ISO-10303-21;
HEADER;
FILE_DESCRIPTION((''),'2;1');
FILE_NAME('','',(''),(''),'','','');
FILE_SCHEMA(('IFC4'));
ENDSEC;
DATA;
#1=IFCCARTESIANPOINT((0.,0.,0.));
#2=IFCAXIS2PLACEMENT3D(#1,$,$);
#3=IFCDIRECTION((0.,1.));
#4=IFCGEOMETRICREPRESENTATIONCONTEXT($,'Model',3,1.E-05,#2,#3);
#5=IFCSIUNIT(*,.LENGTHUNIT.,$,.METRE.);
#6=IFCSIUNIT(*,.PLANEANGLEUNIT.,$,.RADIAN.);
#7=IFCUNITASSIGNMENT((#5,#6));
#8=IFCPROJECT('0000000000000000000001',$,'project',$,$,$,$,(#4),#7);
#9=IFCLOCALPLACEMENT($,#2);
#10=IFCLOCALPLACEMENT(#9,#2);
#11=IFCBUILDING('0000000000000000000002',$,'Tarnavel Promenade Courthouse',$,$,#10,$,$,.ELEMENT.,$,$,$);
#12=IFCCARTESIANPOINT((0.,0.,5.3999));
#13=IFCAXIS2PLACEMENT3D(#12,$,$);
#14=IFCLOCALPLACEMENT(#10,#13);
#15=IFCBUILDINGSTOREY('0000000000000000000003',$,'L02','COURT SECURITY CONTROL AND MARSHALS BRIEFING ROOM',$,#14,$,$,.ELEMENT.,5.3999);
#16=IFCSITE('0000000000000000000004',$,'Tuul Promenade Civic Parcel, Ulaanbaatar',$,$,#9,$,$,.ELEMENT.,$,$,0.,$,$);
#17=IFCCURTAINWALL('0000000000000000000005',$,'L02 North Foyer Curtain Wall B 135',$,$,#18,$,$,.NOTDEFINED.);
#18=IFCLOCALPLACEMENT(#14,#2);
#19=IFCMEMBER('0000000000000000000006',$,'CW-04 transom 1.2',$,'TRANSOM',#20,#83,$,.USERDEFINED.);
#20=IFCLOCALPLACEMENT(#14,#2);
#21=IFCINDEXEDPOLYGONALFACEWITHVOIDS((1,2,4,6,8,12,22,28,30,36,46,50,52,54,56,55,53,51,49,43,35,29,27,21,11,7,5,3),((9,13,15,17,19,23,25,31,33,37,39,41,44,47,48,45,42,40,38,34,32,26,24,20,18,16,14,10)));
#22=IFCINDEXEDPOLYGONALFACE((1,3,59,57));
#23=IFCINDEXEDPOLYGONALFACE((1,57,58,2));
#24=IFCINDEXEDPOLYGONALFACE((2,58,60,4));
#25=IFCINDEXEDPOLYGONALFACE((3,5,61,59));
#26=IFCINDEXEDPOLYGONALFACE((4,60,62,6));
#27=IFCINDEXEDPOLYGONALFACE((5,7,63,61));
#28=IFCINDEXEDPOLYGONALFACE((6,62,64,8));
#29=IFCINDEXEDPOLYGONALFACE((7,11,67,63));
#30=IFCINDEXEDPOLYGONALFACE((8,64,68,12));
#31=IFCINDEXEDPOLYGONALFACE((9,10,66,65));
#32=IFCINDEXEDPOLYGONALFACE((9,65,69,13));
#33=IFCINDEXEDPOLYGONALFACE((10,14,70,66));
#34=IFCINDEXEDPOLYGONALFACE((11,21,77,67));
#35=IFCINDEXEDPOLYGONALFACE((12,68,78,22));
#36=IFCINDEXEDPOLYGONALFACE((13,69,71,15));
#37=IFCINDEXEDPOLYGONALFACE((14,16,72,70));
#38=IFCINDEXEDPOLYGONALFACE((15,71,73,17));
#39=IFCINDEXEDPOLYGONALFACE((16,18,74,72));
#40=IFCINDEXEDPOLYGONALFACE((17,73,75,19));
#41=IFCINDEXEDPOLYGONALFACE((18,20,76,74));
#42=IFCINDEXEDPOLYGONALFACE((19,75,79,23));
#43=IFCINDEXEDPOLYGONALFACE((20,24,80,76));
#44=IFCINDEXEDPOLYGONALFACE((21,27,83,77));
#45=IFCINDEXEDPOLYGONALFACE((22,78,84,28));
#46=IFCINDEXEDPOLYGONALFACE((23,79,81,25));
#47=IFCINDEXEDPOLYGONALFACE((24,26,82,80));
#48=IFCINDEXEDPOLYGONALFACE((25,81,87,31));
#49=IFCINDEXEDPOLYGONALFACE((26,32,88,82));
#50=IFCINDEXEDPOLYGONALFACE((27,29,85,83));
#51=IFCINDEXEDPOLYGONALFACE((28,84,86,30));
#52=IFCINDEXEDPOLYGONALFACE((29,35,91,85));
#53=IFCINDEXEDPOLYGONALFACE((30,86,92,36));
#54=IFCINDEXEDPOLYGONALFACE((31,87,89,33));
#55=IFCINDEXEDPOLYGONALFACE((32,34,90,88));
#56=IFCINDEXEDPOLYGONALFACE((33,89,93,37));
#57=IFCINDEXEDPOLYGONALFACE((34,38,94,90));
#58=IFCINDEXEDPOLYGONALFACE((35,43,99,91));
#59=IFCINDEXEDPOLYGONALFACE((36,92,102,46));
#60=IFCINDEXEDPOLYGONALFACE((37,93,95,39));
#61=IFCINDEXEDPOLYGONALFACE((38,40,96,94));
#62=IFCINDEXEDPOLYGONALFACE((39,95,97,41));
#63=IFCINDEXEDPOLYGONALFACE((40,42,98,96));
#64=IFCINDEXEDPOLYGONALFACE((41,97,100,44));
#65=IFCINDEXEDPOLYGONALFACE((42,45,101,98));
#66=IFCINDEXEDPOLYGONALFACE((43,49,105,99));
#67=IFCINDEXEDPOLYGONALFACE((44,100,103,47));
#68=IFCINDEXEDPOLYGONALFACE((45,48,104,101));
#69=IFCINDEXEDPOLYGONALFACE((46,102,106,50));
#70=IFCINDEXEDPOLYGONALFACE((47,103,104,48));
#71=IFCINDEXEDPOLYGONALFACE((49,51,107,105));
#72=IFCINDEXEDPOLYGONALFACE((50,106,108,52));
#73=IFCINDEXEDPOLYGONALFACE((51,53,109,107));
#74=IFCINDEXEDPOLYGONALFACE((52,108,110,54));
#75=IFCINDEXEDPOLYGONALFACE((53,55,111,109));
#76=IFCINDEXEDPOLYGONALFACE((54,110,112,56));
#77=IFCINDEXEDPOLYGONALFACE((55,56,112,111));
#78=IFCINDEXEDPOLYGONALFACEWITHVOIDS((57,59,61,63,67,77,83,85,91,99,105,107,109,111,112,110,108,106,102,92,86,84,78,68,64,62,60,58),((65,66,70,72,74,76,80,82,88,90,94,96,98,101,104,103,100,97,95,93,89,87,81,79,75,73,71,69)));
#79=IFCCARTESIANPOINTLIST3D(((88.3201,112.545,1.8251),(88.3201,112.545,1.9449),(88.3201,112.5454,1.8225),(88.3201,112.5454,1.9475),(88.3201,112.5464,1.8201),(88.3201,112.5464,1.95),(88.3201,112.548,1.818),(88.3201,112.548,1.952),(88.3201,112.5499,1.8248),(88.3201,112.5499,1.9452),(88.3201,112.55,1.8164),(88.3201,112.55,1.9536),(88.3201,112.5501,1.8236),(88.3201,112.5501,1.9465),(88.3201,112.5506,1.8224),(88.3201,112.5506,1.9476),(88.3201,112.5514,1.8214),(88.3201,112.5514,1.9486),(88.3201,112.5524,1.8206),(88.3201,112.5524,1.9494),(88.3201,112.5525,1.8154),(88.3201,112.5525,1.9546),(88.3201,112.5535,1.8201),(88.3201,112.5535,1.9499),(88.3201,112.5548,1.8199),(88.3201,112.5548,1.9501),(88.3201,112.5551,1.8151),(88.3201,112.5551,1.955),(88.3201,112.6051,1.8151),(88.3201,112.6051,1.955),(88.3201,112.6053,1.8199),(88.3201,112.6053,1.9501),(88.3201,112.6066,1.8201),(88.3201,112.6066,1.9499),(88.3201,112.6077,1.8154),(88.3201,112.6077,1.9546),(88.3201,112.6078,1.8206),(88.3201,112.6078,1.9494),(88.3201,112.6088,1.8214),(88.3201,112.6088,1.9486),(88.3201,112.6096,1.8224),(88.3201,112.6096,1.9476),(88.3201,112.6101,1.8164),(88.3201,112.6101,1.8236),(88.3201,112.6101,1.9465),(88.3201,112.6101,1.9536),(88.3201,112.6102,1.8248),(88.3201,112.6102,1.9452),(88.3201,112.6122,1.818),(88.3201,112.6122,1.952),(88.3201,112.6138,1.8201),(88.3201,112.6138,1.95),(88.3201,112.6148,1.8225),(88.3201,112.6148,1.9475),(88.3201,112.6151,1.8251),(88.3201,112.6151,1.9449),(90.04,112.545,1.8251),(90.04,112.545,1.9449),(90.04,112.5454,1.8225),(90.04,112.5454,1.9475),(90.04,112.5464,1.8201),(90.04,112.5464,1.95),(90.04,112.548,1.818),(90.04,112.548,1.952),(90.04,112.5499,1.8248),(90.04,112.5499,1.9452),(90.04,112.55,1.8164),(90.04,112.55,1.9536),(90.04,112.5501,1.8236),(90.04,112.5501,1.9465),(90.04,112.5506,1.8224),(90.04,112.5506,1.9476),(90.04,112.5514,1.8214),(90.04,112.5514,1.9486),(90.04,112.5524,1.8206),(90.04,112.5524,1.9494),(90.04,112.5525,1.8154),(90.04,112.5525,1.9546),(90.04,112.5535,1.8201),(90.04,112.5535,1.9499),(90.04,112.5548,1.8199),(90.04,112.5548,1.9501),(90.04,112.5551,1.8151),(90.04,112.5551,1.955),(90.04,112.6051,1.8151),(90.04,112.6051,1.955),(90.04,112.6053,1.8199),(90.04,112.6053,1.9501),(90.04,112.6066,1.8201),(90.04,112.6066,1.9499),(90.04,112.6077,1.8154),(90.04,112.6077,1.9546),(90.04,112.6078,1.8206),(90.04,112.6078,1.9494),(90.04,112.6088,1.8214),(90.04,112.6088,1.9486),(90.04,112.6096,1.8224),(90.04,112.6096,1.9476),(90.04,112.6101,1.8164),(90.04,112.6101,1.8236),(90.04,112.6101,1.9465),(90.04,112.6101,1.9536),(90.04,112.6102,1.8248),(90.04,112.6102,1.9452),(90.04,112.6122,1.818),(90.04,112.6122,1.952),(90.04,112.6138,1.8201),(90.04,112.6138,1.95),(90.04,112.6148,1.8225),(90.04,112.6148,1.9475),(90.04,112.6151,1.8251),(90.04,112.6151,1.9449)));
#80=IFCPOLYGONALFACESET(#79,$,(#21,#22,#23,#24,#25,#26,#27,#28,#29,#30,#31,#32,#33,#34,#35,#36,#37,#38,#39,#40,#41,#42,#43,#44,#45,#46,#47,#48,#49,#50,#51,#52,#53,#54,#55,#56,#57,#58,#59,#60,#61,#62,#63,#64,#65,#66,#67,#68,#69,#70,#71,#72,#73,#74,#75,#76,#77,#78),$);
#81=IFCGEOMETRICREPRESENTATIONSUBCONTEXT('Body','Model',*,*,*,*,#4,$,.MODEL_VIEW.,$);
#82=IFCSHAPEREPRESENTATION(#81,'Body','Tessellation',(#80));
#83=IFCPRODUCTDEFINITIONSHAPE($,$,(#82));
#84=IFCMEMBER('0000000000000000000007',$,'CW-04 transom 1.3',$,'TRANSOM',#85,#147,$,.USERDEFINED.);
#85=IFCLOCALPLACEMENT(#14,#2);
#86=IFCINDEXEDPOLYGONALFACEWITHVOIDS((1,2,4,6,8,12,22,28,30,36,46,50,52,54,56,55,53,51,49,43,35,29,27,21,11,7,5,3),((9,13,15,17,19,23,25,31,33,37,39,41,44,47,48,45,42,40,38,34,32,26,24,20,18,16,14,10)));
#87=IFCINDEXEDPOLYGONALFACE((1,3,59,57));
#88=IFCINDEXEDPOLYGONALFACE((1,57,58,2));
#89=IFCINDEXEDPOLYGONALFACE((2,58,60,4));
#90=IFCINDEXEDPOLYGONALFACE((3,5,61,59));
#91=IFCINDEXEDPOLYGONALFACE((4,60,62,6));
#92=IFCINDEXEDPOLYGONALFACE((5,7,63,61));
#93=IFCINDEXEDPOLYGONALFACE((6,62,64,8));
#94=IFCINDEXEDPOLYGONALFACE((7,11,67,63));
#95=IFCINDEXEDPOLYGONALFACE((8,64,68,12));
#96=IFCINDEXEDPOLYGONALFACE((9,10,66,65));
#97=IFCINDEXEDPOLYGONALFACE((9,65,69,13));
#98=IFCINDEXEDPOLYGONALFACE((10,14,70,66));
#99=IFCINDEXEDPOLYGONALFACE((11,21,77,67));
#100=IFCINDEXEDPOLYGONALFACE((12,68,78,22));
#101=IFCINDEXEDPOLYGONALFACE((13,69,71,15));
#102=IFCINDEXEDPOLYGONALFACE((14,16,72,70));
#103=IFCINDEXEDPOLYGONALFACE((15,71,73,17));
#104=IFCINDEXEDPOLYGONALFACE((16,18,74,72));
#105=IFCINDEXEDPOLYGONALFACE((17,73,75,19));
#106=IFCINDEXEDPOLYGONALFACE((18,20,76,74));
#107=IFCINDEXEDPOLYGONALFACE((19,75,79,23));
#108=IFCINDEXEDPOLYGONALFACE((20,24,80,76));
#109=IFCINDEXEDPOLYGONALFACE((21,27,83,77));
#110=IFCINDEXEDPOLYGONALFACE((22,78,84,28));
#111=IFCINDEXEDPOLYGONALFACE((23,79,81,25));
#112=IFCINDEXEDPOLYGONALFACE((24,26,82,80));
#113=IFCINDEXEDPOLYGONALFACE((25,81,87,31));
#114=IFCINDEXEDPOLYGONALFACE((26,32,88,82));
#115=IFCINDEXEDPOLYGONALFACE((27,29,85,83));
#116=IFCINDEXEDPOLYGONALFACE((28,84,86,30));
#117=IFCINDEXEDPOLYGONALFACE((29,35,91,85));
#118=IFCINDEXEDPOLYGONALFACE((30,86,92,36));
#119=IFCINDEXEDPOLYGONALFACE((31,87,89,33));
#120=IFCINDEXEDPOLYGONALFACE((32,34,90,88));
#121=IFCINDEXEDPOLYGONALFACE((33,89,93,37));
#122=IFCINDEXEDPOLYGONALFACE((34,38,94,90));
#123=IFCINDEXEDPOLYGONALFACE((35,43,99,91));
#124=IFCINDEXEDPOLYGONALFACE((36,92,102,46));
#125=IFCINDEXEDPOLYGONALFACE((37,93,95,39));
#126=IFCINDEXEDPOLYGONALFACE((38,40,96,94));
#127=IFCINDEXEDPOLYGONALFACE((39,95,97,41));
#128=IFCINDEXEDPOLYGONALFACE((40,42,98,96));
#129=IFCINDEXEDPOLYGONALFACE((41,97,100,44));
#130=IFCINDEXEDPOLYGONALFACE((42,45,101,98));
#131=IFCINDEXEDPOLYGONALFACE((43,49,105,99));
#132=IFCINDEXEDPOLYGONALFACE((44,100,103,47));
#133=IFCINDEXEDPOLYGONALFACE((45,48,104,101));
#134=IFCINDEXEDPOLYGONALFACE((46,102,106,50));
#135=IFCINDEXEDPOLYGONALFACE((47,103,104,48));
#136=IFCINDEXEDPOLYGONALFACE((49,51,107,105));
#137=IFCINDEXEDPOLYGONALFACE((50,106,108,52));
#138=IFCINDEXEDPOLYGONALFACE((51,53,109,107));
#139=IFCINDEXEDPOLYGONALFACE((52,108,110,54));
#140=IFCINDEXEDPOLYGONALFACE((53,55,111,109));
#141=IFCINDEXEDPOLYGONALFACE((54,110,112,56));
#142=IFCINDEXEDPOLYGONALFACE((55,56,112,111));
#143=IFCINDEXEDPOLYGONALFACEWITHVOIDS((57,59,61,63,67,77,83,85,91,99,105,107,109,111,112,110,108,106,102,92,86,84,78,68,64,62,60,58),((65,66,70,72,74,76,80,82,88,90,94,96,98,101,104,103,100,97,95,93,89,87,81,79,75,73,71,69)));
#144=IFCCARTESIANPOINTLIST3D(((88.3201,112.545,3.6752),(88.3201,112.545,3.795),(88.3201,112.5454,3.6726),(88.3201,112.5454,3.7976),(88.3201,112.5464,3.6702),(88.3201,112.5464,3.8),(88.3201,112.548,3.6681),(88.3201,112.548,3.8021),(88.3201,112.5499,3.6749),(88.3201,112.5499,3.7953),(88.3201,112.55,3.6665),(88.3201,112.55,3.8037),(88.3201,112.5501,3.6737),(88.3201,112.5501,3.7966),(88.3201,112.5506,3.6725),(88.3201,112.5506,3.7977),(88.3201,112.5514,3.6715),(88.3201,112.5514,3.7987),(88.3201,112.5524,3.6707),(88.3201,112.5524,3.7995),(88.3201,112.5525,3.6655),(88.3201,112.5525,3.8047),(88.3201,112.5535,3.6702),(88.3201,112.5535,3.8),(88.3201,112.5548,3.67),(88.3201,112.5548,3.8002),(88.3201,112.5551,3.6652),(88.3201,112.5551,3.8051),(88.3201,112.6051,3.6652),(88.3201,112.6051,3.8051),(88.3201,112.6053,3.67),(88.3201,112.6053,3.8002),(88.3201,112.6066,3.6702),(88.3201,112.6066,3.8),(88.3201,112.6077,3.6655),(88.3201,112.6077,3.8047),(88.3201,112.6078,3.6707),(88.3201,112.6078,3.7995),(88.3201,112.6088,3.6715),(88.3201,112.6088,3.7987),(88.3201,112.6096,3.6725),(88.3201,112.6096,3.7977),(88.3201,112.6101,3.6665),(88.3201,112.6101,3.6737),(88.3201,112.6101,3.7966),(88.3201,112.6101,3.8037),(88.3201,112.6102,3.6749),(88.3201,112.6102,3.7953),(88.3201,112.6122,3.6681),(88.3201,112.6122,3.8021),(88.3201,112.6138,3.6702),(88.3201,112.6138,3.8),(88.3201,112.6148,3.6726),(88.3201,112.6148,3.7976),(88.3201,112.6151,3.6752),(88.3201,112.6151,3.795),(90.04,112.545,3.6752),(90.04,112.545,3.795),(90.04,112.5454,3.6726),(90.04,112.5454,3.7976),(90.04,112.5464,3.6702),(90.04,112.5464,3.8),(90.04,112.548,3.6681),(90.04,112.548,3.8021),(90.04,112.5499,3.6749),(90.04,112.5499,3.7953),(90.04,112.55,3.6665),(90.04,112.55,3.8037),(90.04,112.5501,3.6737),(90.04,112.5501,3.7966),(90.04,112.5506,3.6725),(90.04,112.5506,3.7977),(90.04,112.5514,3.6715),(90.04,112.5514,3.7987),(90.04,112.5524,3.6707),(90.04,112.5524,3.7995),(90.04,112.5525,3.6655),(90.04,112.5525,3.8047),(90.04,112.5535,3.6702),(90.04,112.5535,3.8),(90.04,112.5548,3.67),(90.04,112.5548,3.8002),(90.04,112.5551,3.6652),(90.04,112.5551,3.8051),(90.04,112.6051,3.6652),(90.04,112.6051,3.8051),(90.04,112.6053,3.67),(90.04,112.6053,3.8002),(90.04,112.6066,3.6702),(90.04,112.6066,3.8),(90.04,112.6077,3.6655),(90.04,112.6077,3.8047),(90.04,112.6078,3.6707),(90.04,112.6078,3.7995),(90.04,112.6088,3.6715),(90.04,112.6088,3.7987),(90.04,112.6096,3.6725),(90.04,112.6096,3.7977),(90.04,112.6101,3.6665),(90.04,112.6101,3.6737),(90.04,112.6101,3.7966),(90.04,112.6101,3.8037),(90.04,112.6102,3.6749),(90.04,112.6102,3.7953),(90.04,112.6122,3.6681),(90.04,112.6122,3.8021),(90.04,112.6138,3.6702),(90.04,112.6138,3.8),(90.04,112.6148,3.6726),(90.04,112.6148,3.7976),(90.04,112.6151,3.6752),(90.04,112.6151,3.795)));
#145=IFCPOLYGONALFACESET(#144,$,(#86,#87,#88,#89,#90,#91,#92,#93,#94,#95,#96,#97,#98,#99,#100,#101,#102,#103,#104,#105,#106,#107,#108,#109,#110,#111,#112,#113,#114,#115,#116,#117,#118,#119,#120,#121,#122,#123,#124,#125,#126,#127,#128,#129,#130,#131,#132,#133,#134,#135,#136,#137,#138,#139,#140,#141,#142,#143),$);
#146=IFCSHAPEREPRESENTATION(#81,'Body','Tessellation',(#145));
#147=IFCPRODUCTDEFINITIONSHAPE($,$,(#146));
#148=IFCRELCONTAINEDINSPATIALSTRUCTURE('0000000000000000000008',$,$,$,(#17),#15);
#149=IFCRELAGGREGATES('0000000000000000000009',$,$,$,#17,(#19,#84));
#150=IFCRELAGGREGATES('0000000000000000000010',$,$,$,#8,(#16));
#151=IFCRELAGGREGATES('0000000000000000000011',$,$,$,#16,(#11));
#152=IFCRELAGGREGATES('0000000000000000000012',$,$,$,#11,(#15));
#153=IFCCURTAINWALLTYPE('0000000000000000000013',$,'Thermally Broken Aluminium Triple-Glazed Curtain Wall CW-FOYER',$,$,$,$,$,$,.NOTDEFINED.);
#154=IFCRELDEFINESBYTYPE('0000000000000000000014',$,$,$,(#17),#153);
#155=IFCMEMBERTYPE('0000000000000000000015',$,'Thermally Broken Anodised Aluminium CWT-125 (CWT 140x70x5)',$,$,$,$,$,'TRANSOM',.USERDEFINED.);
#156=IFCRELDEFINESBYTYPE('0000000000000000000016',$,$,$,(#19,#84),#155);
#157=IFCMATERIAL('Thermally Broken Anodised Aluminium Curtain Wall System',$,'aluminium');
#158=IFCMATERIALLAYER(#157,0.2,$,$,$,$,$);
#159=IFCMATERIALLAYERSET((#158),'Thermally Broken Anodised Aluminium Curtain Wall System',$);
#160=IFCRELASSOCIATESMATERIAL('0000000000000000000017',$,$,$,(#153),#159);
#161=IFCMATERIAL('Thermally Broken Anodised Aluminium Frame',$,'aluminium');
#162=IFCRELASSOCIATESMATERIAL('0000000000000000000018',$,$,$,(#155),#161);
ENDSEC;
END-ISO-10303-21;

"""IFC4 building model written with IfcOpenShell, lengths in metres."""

from ifc_helpers import new_model, si_unit, direction, frame, origin, origin_2d, place, context, subcontext, project, spatial, hollow_rectangle, extrude, material, layer, layer_set, material_profile, profile_set, type_object, element, aggregate, save


model = new_model("IFC4")

# Units and contexts
model_context = context("Model", 3, precision=1e-05, world=origin(), true_north=direction((0.0, 1.0)))
body_context = subcontext(model_context, "Body", "Model", "MODEL_VIEW")
ifc_project = project(units=[si_unit("LENGTHUNIT", "METRE"), si_unit("PLANEANGLEUNIT", "RADIAN")], contexts=[model_context])

# Site, building, storey
site_placement = place(None, origin())
site = spatial("IfcSite", under=ifc_project, at=site_placement, Name="Tuul Promenade Civic Parcel, Ulaanbaatar", CompositionType="ELEMENT", RefElevation=0.0)
building_placement = place(site_placement, origin())
building = spatial("IfcBuilding", under=site, at=building_placement, Name="Tarnavel Promenade Courthouse", CompositionType="ELEMENT")
storey_placement = place(building_placement, frame((0.0, 0.0, 5.3999)))
storey = spatial("IfcBuildingStorey", under=building, at=storey_placement, Name="L02", Description="COURT SECURITY CONTROL AND MARSHALS BRIEFING ROOM", CompositionType="ELEMENT", Elevation=5.3999)

# Shared definitions
ifc_material_1 = material(Name="Thermally Broken Anodised Aluminium Curtain Wall System", Category="aluminium")
ifc_layer_1 = layer(ifc_material_1, 0.2)
ifc_layer_set_1 = layer_set([ifc_layer_1], Name="Thermally Broken Anodised Aluminium Curtain Wall System")
curtain_wall_type = type_object("IfcCurtainWallType", Name="Thermally Broken Aluminium Triple-Glazed Curtain Wall CW-FOYER", PredefinedType="NOTDEFINED", material=ifc_layer_set_1)
ifc_material_2 = material(Name="Thermally Broken Anodised Aluminium Frame", Category="aluminium")

# Curtain wall
curtain_wall_1_placement = place(storey_placement, origin())
curtain_wall_1 = element("IfcCurtainWall", 1, at=curtain_wall_1_placement, inside=storey, type_object=curtain_wall_type, Name="L02 North Foyer Curtain Wall B 135", PredefinedType="NOTDEFINED")

# Members
ifc_material_profile_1 = material_profile(ifc_material_2, hollow_rectangle(XDim=0.0701, YDim=0.1399, WallThickness=0.0049, InnerFilletRadius=0.0049, OuterFilletRadius=0.01, at=origin_2d()), Name="CWT 140x70x5")
ifc_profile_set_1 = profile_set([ifc_material_profile_1], Name="Thermally Broken Anodised Aluminium Frame")
member_type_1 = type_object("IfcMemberType", Name="Thermally Broken Anodised Aluminium CWT-125 (CWT 140x70x5)", ElementType="TRANSOM", PredefinedType="USERDEFINED", material=ifc_profile_set_1)
member_1_placement = place(storey_placement, frame((88.3201, 112.5801, 1.885), z_axis=(1.0, 0.0, 0.0), x_axis=(0.0, 1.0, 0.0)))
member_1 = element("IfcMember", 2, at=member_1_placement, type_object=member_type_1, Name="CW-04 transom 1.2", ObjectType="TRANSOM", PredefinedType="USERDEFINED", context=body_context, shape_type="SweptSolid", body=[
    extrude(hollow_rectangle(XDim=0.0701, YDim=0.1399, WallThickness=0.0049, InnerFilletRadius=0.0049, OuterFilletRadius=0.01, at=origin_2d()), origin(), (0.0, 0.0, 1.0), 1.72),
])
member_2_placement = place(storey_placement, frame((88.3201, 112.5801, 3.7351), z_axis=(1.0, 0.0, 0.0), x_axis=(0.0, 1.0, 0.0)))
member_2 = element("IfcMember", 3, at=member_2_placement, type_object=member_type_1, Name="CW-04 transom 1.3", ObjectType="TRANSOM", PredefinedType="USERDEFINED", context=body_context, shape_type="SweptSolid", body=[
    extrude(hollow_rectangle(XDim=0.0701, YDim=0.1399, WallThickness=0.0049, InnerFilletRadius=0.0049, OuterFilletRadius=0.01, at=origin_2d()), origin(), (0.0, 0.0, 1.0), 1.72),
])

aggregate(curtain_wall_1, [member_1, member_2])

save(model, "model.ifc")
